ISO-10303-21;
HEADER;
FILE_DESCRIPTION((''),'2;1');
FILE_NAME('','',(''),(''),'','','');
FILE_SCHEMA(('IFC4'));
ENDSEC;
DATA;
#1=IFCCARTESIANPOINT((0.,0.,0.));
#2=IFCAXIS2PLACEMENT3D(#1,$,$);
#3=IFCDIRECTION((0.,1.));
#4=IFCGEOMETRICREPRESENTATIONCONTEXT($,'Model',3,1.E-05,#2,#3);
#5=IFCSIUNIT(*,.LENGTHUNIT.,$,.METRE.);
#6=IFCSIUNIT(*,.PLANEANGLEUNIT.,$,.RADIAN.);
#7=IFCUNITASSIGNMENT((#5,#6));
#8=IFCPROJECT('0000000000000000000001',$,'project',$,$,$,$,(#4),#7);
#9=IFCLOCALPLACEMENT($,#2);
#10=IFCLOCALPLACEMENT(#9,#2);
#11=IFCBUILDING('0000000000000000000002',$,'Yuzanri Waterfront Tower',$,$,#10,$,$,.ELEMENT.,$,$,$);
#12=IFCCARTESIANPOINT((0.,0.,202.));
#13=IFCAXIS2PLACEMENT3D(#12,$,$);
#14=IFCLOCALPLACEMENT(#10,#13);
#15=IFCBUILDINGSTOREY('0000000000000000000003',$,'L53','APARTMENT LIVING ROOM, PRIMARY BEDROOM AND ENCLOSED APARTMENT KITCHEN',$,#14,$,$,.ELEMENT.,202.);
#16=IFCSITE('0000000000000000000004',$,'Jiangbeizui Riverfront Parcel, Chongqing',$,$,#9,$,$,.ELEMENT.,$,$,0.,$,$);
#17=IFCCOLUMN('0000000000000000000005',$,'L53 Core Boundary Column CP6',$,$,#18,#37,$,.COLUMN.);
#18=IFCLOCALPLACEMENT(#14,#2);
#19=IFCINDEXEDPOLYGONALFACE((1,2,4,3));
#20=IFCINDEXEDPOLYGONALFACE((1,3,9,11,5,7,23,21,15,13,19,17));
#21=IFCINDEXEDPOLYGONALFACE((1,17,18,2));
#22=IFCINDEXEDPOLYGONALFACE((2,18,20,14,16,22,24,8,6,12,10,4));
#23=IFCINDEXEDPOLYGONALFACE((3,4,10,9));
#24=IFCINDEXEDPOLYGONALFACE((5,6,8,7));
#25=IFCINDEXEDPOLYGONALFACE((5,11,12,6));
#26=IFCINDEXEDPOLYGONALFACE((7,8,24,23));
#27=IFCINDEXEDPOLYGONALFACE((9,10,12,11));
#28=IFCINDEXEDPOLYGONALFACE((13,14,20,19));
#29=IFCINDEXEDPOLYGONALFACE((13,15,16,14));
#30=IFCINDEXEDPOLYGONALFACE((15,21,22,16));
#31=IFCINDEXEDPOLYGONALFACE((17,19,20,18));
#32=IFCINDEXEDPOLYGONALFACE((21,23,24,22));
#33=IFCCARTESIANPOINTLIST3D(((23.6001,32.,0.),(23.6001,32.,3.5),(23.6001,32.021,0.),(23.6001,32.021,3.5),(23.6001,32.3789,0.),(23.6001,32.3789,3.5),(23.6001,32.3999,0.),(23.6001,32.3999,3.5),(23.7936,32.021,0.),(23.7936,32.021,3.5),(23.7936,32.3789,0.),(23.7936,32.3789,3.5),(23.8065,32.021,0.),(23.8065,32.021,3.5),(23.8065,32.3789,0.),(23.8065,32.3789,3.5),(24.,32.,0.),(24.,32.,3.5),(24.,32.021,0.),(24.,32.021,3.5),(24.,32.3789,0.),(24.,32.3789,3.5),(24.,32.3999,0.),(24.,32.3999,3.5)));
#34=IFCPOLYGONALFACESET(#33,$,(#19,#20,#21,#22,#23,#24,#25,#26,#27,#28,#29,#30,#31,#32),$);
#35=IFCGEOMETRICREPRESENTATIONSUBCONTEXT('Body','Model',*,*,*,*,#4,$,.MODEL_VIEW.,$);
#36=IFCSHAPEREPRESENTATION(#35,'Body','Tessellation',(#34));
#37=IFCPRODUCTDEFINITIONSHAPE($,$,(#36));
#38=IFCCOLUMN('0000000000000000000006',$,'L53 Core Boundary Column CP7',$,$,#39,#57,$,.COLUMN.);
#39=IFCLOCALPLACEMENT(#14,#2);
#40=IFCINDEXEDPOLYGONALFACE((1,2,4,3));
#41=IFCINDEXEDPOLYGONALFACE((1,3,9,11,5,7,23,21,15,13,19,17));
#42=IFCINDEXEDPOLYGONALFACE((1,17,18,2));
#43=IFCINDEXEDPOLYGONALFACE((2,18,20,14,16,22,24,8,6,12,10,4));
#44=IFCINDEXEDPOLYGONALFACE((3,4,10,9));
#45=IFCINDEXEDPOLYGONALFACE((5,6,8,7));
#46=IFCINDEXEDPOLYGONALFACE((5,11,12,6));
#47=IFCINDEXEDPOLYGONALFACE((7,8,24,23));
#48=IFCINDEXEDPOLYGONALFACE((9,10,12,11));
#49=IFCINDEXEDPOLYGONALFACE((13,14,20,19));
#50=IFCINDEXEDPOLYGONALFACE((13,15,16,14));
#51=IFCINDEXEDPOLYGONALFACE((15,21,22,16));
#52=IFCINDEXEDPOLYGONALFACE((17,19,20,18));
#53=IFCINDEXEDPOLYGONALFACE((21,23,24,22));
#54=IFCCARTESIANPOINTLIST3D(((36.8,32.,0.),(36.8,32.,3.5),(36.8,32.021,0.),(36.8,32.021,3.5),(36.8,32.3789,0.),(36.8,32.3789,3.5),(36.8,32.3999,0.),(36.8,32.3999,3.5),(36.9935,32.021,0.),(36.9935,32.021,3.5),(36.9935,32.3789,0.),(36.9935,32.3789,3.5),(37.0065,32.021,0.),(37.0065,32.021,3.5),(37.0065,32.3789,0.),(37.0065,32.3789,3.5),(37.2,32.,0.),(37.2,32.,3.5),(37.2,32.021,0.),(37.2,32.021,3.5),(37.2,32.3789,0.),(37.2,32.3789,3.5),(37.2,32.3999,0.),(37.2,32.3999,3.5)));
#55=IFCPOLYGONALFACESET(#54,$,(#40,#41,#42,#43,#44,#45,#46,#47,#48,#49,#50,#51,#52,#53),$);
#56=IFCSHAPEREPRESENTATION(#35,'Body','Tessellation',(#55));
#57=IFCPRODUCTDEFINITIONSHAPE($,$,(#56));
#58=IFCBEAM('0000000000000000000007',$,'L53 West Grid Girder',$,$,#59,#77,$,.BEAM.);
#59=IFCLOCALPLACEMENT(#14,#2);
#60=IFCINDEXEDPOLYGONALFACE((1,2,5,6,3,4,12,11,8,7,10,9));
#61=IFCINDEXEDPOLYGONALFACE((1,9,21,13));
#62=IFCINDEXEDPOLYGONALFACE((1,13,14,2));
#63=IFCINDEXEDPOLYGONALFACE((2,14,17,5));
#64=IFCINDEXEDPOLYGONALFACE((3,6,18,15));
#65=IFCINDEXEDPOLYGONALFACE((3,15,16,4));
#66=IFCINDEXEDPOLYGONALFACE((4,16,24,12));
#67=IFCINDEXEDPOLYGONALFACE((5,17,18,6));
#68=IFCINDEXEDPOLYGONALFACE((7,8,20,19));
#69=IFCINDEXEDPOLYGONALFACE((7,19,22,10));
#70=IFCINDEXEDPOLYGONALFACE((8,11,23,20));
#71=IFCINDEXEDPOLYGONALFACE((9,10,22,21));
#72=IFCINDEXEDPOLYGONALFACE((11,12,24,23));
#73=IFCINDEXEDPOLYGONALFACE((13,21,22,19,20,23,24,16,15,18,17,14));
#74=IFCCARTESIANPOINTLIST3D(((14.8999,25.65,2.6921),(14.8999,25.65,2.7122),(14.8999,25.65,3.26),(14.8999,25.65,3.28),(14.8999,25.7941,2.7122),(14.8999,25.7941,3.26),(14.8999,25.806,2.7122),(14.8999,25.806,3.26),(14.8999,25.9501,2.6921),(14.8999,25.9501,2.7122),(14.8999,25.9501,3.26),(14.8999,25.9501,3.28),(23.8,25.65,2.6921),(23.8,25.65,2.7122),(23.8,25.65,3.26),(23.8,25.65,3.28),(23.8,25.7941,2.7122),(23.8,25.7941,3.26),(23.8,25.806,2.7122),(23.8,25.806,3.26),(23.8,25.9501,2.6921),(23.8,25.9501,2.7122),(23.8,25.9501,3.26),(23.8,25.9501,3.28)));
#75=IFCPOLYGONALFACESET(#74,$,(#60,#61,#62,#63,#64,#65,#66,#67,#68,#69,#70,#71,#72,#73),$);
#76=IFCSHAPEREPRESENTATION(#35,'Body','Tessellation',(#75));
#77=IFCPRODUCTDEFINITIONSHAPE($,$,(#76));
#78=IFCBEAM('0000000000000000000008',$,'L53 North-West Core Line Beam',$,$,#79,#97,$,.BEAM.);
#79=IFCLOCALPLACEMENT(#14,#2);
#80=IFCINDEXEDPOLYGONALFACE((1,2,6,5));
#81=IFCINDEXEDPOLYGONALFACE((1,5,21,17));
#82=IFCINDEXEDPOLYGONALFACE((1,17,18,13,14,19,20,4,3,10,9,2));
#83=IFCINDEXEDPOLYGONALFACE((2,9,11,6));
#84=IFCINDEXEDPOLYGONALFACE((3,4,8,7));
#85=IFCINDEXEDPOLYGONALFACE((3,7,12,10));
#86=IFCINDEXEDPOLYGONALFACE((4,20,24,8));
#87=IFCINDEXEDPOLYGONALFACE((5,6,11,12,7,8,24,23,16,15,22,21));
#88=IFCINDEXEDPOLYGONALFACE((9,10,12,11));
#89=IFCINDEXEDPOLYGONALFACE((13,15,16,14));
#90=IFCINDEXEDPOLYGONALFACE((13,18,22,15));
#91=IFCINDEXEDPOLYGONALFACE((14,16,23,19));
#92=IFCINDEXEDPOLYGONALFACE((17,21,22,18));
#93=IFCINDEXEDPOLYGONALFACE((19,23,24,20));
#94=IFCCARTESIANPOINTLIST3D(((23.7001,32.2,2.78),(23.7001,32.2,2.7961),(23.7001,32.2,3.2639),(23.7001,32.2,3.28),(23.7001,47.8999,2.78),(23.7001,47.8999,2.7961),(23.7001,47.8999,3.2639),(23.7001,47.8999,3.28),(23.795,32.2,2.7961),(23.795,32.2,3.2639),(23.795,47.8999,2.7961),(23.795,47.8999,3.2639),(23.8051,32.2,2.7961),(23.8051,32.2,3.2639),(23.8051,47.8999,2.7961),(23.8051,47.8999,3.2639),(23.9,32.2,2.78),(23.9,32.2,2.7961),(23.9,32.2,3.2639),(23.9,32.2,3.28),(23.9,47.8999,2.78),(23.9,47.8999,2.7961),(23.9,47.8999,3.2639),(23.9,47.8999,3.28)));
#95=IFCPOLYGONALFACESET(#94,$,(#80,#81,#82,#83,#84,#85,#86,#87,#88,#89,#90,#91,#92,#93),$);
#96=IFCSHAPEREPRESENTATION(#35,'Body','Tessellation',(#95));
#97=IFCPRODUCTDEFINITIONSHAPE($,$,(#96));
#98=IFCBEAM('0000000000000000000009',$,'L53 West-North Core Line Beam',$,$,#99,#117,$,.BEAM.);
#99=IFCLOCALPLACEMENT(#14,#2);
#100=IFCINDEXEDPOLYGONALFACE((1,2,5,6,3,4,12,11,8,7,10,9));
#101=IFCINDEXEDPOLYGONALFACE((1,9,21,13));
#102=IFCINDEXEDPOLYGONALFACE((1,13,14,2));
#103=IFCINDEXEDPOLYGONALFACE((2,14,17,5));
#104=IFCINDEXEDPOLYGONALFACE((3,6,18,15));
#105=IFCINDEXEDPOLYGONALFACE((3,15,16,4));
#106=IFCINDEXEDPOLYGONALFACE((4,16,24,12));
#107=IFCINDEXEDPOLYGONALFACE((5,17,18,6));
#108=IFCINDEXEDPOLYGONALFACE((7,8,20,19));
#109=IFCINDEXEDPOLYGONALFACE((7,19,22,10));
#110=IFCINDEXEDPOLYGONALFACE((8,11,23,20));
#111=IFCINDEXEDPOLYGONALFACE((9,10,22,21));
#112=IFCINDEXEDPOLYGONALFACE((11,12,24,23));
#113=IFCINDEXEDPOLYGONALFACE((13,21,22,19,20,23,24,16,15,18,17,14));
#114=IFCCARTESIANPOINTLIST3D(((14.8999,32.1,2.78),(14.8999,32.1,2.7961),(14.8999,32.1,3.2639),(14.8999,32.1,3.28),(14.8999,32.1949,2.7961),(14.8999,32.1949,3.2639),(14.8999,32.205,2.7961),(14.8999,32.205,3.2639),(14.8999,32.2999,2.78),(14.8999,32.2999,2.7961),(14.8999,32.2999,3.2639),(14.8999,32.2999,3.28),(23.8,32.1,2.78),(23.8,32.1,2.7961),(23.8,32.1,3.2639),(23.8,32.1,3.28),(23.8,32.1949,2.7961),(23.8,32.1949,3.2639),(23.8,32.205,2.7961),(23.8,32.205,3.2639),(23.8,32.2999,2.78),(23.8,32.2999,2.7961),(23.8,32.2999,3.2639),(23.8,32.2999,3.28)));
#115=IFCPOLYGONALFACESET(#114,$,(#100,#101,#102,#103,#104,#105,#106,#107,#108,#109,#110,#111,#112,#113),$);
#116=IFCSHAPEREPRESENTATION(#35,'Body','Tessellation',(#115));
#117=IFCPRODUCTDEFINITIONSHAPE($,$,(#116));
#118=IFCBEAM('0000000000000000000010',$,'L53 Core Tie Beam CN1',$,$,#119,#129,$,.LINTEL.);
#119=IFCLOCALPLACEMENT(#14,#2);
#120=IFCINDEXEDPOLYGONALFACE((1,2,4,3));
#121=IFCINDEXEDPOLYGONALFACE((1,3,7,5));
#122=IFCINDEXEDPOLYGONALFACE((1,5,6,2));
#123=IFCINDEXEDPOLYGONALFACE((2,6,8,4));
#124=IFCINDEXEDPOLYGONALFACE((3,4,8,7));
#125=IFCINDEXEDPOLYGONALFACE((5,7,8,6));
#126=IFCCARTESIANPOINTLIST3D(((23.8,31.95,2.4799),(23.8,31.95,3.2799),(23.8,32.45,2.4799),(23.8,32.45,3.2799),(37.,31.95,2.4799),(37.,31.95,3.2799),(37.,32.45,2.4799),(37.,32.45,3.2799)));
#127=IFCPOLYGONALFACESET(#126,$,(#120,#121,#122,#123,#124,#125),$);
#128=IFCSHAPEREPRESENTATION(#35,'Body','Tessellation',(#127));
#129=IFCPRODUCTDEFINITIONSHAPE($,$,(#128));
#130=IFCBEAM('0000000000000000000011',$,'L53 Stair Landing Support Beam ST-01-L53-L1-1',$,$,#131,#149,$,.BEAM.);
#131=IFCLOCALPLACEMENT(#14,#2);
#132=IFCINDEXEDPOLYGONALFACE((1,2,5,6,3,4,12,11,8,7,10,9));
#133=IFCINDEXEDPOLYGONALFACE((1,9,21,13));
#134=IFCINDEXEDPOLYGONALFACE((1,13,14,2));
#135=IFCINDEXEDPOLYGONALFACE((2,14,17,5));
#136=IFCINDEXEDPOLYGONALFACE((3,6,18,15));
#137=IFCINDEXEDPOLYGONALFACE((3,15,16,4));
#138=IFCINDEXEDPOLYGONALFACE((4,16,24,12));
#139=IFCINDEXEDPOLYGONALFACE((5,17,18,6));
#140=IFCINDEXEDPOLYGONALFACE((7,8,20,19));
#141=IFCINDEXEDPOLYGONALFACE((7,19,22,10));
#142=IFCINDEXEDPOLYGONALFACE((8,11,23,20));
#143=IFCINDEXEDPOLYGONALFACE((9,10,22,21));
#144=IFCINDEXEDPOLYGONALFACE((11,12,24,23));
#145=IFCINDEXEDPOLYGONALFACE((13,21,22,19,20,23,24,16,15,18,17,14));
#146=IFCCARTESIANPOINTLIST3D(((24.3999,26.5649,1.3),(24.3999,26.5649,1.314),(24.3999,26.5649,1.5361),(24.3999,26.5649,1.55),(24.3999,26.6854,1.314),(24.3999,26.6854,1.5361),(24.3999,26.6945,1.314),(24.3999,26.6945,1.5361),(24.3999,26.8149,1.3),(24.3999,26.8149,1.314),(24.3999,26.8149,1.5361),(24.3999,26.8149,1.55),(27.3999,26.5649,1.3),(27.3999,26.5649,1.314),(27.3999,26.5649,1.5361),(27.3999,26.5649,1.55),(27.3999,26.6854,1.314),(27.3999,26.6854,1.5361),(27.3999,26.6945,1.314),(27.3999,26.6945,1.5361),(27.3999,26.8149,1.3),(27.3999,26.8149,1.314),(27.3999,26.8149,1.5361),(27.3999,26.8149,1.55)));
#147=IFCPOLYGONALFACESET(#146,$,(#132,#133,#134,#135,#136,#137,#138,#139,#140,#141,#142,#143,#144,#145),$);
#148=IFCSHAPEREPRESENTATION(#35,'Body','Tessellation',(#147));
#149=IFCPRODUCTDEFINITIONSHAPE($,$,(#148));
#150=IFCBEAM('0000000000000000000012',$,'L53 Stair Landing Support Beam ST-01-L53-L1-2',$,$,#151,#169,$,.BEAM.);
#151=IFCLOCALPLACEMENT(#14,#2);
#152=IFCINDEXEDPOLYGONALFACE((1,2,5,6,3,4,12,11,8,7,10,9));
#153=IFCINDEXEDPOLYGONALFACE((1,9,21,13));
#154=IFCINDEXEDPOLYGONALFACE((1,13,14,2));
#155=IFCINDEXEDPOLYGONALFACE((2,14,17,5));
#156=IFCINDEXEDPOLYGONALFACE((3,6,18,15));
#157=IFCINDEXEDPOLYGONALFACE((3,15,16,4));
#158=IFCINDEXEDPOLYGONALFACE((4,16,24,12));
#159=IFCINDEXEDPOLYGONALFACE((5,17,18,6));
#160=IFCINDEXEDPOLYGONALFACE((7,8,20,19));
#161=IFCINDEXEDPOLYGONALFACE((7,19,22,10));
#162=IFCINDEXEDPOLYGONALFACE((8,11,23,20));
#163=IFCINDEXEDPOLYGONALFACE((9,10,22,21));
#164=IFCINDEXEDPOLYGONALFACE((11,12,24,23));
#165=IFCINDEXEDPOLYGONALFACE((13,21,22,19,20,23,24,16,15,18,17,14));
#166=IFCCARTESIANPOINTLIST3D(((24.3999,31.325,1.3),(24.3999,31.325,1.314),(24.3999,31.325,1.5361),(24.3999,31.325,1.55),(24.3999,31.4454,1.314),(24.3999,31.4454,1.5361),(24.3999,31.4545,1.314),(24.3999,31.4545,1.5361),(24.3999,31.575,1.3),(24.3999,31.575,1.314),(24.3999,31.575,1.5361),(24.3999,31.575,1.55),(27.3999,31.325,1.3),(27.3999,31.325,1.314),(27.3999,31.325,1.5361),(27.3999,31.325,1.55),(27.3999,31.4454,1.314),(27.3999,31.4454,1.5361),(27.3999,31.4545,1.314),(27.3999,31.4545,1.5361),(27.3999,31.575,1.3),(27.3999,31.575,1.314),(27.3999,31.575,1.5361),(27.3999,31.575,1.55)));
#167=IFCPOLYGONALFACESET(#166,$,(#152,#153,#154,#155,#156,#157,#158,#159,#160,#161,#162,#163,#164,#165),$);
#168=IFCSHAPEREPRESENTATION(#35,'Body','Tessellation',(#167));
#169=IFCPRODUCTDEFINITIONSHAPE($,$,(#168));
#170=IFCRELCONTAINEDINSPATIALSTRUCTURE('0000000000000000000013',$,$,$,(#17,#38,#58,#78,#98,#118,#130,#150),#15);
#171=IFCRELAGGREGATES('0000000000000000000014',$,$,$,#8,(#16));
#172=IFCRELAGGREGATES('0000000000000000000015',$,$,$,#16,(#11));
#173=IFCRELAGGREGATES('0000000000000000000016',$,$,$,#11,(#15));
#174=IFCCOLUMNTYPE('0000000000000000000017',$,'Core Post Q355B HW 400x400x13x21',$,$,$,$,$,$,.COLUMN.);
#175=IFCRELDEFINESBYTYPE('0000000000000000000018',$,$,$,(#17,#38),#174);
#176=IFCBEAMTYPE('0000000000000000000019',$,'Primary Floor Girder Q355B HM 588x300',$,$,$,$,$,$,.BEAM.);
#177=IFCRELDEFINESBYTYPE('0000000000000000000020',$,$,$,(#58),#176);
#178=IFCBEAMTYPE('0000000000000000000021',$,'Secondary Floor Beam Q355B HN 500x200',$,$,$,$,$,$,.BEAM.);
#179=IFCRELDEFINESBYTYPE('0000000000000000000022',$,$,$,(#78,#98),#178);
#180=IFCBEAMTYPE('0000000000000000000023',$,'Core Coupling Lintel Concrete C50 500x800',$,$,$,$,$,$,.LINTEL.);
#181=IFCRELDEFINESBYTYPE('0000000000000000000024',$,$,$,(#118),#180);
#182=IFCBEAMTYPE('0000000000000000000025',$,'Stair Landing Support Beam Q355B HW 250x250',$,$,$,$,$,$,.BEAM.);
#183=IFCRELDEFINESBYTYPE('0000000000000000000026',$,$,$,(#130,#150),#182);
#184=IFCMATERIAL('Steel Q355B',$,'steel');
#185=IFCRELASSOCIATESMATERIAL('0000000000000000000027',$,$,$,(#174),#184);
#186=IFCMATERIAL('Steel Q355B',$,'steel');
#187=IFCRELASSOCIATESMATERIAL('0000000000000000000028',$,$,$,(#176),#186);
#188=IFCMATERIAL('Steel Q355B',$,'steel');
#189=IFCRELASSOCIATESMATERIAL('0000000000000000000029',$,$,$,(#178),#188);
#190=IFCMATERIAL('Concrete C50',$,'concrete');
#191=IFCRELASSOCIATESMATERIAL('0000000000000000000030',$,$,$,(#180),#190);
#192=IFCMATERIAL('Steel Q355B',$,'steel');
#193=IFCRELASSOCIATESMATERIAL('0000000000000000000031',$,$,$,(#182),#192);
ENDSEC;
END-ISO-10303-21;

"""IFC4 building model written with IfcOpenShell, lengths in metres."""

from ifc_helpers import new_model, si_unit, direction, frame, origin, origin_2d, place, context, subcontext, project, spatial, rectangle, i_section, extrude, source, transform, mapped, material, material_profile, profile_set, type_object, element, save


model = new_model("IFC4")

# Units and contexts
model_context = context("Model", 3, precision=1e-05, world=origin(), true_north=direction((0.0, 1.0)))
body_context = subcontext(model_context, "Body", "Model", "MODEL_VIEW")
ifc_project = project(units=[si_unit("LENGTHUNIT", "METRE"), si_unit("PLANEANGLEUNIT", "RADIAN")], contexts=[model_context])

# Site, building, storey
site_placement = place(None, origin())
site = spatial("IfcSite", under=ifc_project, at=site_placement, Name="Jiangbeizui Riverfront Parcel, Chongqing", CompositionType="ELEMENT", RefElevation=0.0)
building_placement = place(site_placement, origin())
building = spatial("IfcBuilding", under=site, at=building_placement, Name="Yuzanri Waterfront Tower", CompositionType="ELEMENT")
storey_placement = place(building_placement, frame((0.0, 0.0, 202.0)))
storey = spatial("IfcBuildingStorey", under=building, at=storey_placement, Name="L53", Description="APARTMENT LIVING ROOM, PRIMARY BEDROOM AND ENCLOSED APARTMENT KITCHEN", CompositionType="ELEMENT", Elevation=202.0)

# Columns
ifc_material_1 = material(Name="Steel Q355B", Category="steel")
ifc_material_profile_1 = material_profile(ifc_material_1, i_section(OverallWidth=0.3999, OverallDepth=0.3999, WebThickness=0.0129, FlangeThickness=0.021, at=origin_2d()), Name="HW 400x400x13x21")
ifc_profile_set_1 = profile_set([ifc_material_profile_1], Name="Steel Q355B")
column_type = type_object("IfcColumnType", Name="Core Post Q355B HW 400x400x13x21", PredefinedType="COLUMN", material=ifc_profile_set_1)
shared_shape_1 = source(origin(), body_context, "Body", "SweptSolid", [
    extrude(i_section(OverallWidth=0.3999, OverallDepth=0.3999, WebThickness=0.0129, FlangeThickness=0.021, at=origin_2d()), origin(), (0.0, 0.0, 1.0), 3.5),
])
for number, where, z_axis, x_axis, name in (
    (1, (23.8, 32.2, 0.0), (0.0, 0.0, 1.0), (1.0, 0.0, 0.0), "L53 Core Boundary Column CP6"),
    (2, (37.0, 32.2, 0.0), (0.0, 0.0, 1.0), (1.0, 0.0, 0.0), "L53 Core Boundary Column CP7"),
):
    element("IfcColumn", number, at=place(storey_placement, frame(where, z_axis=z_axis, x_axis=x_axis)), inside=storey, type_object=column_type, Name=name, PredefinedType="COLUMN", context=body_context, shape_type="MappedRepresentation", body=[
        mapped(shared_shape_1, transform((0.0, 0.0, 0.0), scale=1.0)),
    ])

# Beams
ifc_material_2 = material(Name="Steel Q355B", Category="steel")
ifc_material_profile_2 = material_profile(ifc_material_2, i_section(OverallWidth=0.3, OverallDepth=0.5879, WebThickness=0.012, FlangeThickness=0.02, at=origin_2d()), Name="HM 588x300x12x20")
ifc_profile_set_2 = profile_set([ifc_material_profile_2], Name="Steel Q355B")
beam_type_1 = type_object("IfcBeamType", Name="Primary Floor Girder Q355B HM 588x300", PredefinedType="BEAM", material=ifc_profile_set_2)
shared_shape_2 = source(origin(), body_context, "Body", "SweptSolid", [
    extrude(i_section(OverallWidth=0.3, OverallDepth=0.5879, WebThickness=0.012, FlangeThickness=0.02, at=origin_2d()), origin(), (0.0, 0.0, 1.0), 8.9001),
])
beam_1_placement = place(storey_placement, frame((23.8, 25.8, 2.9861), z_axis=(-1.0, 0.0, 0.0), x_axis=(0.0, -1.0, 0.0)))
element("IfcBeam", 3, at=beam_1_placement, inside=storey, type_object=beam_type_1, Name="L53 West Grid Girder", PredefinedType="BEAM", context=body_context, shape_type="MappedRepresentation", body=[
    mapped(shared_shape_2, transform((0.0, 0.0, 0.0), scale=1.0)),
])
ifc_material_3 = material(Name="Steel Q355B", Category="steel")
ifc_material_profile_3 = material_profile(ifc_material_3, i_section(OverallWidth=0.2, OverallDepth=0.5, WebThickness=0.01, FlangeThickness=0.0161, at=origin_2d()), Name="HN 500x200x10x16")
ifc_profile_set_3 = profile_set([ifc_material_profile_3], Name="Steel Q355B")
beam_type_2 = type_object("IfcBeamType", Name="Secondary Floor Beam Q355B HN 500x200", PredefinedType="BEAM", material=ifc_profile_set_3)
shared_shape_3 = source(origin(), body_context, "Body", "SweptSolid", [
    extrude(i_section(OverallWidth=0.2, OverallDepth=0.5, WebThickness=0.01, FlangeThickness=0.0161, at=origin_2d()), origin(), (0.0, 0.0, 1.0), 15.7),
])
beam_2_placement = place(storey_placement, frame((23.8, 32.2, 3.03), z_axis=(0.0, 1.0, 0.0), x_axis=(-1.0, 0.0, 0.0)))
element("IfcBeam", 4, at=beam_2_placement, inside=storey, type_object=beam_type_2, Name="L53 North-West Core Line Beam", PredefinedType="BEAM", context=body_context, shape_type="MappedRepresentation", body=[
    mapped(shared_shape_3, transform((0.0, 0.0, 0.0), scale=1.0)),
])
shared_shape_4 = source(origin(), body_context, "Body", "SweptSolid", [
    extrude(i_section(OverallWidth=0.2, OverallDepth=0.5, WebThickness=0.01, FlangeThickness=0.0161, at=origin_2d()), origin(), (0.0, 0.0, 1.0), 8.9001),
])
beam_3_placement = place(storey_placement, frame((23.8, 32.2, 3.03), z_axis=(-1.0, 0.0, 0.0), x_axis=(0.0, -1.0, 0.0)))
element("IfcBeam", 5, at=beam_3_placement, inside=storey, type_object=beam_type_2, Name="L53 West-North Core Line Beam", PredefinedType="BEAM", context=body_context, shape_type="MappedRepresentation", body=[
    mapped(shared_shape_4, transform((0.0, 0.0, 0.0), scale=1.0)),
])
ifc_material_4 = material(Name="Concrete C50", Category="concrete")
ifc_material_profile_4 = material_profile(ifc_material_4, rectangle(XDim=0.5, YDim=0.8, at=origin_2d()), Name="RC 500x800")
ifc_profile_set_4 = profile_set([ifc_material_profile_4], Name="Concrete C50")
beam_type_3 = type_object("IfcBeamType", Name="Core Coupling Lintel Concrete C50 500x800", PredefinedType="LINTEL", material=ifc_profile_set_4)
shared_shape_5 = source(origin(), body_context, "Body", "SweptSolid", [
    extrude(rectangle(XDim=0.5, YDim=0.8, at=origin_2d()), origin(), (0.0, 0.0, 1.0), 13.2),
])
beam_4_placement = place(storey_placement, frame((23.8, 32.2, 2.8799), z_axis=(1.0, 0.0, 0.0), x_axis=(0.0, 1.0, 0.0)))
element("IfcBeam", 6, at=beam_4_placement, inside=storey, type_object=beam_type_3, Name="L53 Core Tie Beam CN1", PredefinedType="LINTEL", context=body_context, shape_type="MappedRepresentation", body=[
    mapped(shared_shape_5, transform((0.0, 0.0, 0.0), scale=1.0)),
])
ifc_material_5 = material(Name="Steel Q355B", Category="steel")
ifc_material_profile_5 = material_profile(ifc_material_5, i_section(OverallWidth=0.25, OverallDepth=0.25, WebThickness=0.009, FlangeThickness=0.0139, at=origin_2d()), Name="HW 250x250x9x14")
ifc_profile_set_5 = profile_set([ifc_material_profile_5], Name="Steel Q355B")
beam_type_4 = type_object("IfcBeamType", Name="Stair Landing Support Beam Q355B HW 250x250", PredefinedType="BEAM", material=ifc_profile_set_5)
shared_shape_6 = source(origin(), body_context, "Body", "SweptSolid", [
    extrude(i_section(OverallWidth=0.25, OverallDepth=0.25, WebThickness=0.009, FlangeThickness=0.0139, at=origin_2d()), origin(), (0.0, 0.0, 1.0), 3.0),
])
for number, where, z_axis, x_axis, name in (
    (7, (24.3999, 26.6899, 1.425), (1.0, 0.0, 0.0), (0.0, 1.0, 0.0), "L53 Stair Landing Support Beam ST-01-L53-L1-1"),
    (8, (24.3999, 31.45, 1.425), (1.0, 0.0, 0.0), (0.0, 1.0, 0.0), "L53 Stair Landing Support Beam ST-01-L53-L1-2"),
):
    element("IfcBeam", number, at=place(storey_placement, frame(where, z_axis=z_axis, x_axis=x_axis)), inside=storey, type_object=beam_type_4, Name=name, PredefinedType="BEAM", context=body_context, shape_type="MappedRepresentation", body=[
        mapped(shared_shape_6, transform((0.0, 0.0, 0.0), scale=1.0)),
    ])

save(model, "model.ifc")
